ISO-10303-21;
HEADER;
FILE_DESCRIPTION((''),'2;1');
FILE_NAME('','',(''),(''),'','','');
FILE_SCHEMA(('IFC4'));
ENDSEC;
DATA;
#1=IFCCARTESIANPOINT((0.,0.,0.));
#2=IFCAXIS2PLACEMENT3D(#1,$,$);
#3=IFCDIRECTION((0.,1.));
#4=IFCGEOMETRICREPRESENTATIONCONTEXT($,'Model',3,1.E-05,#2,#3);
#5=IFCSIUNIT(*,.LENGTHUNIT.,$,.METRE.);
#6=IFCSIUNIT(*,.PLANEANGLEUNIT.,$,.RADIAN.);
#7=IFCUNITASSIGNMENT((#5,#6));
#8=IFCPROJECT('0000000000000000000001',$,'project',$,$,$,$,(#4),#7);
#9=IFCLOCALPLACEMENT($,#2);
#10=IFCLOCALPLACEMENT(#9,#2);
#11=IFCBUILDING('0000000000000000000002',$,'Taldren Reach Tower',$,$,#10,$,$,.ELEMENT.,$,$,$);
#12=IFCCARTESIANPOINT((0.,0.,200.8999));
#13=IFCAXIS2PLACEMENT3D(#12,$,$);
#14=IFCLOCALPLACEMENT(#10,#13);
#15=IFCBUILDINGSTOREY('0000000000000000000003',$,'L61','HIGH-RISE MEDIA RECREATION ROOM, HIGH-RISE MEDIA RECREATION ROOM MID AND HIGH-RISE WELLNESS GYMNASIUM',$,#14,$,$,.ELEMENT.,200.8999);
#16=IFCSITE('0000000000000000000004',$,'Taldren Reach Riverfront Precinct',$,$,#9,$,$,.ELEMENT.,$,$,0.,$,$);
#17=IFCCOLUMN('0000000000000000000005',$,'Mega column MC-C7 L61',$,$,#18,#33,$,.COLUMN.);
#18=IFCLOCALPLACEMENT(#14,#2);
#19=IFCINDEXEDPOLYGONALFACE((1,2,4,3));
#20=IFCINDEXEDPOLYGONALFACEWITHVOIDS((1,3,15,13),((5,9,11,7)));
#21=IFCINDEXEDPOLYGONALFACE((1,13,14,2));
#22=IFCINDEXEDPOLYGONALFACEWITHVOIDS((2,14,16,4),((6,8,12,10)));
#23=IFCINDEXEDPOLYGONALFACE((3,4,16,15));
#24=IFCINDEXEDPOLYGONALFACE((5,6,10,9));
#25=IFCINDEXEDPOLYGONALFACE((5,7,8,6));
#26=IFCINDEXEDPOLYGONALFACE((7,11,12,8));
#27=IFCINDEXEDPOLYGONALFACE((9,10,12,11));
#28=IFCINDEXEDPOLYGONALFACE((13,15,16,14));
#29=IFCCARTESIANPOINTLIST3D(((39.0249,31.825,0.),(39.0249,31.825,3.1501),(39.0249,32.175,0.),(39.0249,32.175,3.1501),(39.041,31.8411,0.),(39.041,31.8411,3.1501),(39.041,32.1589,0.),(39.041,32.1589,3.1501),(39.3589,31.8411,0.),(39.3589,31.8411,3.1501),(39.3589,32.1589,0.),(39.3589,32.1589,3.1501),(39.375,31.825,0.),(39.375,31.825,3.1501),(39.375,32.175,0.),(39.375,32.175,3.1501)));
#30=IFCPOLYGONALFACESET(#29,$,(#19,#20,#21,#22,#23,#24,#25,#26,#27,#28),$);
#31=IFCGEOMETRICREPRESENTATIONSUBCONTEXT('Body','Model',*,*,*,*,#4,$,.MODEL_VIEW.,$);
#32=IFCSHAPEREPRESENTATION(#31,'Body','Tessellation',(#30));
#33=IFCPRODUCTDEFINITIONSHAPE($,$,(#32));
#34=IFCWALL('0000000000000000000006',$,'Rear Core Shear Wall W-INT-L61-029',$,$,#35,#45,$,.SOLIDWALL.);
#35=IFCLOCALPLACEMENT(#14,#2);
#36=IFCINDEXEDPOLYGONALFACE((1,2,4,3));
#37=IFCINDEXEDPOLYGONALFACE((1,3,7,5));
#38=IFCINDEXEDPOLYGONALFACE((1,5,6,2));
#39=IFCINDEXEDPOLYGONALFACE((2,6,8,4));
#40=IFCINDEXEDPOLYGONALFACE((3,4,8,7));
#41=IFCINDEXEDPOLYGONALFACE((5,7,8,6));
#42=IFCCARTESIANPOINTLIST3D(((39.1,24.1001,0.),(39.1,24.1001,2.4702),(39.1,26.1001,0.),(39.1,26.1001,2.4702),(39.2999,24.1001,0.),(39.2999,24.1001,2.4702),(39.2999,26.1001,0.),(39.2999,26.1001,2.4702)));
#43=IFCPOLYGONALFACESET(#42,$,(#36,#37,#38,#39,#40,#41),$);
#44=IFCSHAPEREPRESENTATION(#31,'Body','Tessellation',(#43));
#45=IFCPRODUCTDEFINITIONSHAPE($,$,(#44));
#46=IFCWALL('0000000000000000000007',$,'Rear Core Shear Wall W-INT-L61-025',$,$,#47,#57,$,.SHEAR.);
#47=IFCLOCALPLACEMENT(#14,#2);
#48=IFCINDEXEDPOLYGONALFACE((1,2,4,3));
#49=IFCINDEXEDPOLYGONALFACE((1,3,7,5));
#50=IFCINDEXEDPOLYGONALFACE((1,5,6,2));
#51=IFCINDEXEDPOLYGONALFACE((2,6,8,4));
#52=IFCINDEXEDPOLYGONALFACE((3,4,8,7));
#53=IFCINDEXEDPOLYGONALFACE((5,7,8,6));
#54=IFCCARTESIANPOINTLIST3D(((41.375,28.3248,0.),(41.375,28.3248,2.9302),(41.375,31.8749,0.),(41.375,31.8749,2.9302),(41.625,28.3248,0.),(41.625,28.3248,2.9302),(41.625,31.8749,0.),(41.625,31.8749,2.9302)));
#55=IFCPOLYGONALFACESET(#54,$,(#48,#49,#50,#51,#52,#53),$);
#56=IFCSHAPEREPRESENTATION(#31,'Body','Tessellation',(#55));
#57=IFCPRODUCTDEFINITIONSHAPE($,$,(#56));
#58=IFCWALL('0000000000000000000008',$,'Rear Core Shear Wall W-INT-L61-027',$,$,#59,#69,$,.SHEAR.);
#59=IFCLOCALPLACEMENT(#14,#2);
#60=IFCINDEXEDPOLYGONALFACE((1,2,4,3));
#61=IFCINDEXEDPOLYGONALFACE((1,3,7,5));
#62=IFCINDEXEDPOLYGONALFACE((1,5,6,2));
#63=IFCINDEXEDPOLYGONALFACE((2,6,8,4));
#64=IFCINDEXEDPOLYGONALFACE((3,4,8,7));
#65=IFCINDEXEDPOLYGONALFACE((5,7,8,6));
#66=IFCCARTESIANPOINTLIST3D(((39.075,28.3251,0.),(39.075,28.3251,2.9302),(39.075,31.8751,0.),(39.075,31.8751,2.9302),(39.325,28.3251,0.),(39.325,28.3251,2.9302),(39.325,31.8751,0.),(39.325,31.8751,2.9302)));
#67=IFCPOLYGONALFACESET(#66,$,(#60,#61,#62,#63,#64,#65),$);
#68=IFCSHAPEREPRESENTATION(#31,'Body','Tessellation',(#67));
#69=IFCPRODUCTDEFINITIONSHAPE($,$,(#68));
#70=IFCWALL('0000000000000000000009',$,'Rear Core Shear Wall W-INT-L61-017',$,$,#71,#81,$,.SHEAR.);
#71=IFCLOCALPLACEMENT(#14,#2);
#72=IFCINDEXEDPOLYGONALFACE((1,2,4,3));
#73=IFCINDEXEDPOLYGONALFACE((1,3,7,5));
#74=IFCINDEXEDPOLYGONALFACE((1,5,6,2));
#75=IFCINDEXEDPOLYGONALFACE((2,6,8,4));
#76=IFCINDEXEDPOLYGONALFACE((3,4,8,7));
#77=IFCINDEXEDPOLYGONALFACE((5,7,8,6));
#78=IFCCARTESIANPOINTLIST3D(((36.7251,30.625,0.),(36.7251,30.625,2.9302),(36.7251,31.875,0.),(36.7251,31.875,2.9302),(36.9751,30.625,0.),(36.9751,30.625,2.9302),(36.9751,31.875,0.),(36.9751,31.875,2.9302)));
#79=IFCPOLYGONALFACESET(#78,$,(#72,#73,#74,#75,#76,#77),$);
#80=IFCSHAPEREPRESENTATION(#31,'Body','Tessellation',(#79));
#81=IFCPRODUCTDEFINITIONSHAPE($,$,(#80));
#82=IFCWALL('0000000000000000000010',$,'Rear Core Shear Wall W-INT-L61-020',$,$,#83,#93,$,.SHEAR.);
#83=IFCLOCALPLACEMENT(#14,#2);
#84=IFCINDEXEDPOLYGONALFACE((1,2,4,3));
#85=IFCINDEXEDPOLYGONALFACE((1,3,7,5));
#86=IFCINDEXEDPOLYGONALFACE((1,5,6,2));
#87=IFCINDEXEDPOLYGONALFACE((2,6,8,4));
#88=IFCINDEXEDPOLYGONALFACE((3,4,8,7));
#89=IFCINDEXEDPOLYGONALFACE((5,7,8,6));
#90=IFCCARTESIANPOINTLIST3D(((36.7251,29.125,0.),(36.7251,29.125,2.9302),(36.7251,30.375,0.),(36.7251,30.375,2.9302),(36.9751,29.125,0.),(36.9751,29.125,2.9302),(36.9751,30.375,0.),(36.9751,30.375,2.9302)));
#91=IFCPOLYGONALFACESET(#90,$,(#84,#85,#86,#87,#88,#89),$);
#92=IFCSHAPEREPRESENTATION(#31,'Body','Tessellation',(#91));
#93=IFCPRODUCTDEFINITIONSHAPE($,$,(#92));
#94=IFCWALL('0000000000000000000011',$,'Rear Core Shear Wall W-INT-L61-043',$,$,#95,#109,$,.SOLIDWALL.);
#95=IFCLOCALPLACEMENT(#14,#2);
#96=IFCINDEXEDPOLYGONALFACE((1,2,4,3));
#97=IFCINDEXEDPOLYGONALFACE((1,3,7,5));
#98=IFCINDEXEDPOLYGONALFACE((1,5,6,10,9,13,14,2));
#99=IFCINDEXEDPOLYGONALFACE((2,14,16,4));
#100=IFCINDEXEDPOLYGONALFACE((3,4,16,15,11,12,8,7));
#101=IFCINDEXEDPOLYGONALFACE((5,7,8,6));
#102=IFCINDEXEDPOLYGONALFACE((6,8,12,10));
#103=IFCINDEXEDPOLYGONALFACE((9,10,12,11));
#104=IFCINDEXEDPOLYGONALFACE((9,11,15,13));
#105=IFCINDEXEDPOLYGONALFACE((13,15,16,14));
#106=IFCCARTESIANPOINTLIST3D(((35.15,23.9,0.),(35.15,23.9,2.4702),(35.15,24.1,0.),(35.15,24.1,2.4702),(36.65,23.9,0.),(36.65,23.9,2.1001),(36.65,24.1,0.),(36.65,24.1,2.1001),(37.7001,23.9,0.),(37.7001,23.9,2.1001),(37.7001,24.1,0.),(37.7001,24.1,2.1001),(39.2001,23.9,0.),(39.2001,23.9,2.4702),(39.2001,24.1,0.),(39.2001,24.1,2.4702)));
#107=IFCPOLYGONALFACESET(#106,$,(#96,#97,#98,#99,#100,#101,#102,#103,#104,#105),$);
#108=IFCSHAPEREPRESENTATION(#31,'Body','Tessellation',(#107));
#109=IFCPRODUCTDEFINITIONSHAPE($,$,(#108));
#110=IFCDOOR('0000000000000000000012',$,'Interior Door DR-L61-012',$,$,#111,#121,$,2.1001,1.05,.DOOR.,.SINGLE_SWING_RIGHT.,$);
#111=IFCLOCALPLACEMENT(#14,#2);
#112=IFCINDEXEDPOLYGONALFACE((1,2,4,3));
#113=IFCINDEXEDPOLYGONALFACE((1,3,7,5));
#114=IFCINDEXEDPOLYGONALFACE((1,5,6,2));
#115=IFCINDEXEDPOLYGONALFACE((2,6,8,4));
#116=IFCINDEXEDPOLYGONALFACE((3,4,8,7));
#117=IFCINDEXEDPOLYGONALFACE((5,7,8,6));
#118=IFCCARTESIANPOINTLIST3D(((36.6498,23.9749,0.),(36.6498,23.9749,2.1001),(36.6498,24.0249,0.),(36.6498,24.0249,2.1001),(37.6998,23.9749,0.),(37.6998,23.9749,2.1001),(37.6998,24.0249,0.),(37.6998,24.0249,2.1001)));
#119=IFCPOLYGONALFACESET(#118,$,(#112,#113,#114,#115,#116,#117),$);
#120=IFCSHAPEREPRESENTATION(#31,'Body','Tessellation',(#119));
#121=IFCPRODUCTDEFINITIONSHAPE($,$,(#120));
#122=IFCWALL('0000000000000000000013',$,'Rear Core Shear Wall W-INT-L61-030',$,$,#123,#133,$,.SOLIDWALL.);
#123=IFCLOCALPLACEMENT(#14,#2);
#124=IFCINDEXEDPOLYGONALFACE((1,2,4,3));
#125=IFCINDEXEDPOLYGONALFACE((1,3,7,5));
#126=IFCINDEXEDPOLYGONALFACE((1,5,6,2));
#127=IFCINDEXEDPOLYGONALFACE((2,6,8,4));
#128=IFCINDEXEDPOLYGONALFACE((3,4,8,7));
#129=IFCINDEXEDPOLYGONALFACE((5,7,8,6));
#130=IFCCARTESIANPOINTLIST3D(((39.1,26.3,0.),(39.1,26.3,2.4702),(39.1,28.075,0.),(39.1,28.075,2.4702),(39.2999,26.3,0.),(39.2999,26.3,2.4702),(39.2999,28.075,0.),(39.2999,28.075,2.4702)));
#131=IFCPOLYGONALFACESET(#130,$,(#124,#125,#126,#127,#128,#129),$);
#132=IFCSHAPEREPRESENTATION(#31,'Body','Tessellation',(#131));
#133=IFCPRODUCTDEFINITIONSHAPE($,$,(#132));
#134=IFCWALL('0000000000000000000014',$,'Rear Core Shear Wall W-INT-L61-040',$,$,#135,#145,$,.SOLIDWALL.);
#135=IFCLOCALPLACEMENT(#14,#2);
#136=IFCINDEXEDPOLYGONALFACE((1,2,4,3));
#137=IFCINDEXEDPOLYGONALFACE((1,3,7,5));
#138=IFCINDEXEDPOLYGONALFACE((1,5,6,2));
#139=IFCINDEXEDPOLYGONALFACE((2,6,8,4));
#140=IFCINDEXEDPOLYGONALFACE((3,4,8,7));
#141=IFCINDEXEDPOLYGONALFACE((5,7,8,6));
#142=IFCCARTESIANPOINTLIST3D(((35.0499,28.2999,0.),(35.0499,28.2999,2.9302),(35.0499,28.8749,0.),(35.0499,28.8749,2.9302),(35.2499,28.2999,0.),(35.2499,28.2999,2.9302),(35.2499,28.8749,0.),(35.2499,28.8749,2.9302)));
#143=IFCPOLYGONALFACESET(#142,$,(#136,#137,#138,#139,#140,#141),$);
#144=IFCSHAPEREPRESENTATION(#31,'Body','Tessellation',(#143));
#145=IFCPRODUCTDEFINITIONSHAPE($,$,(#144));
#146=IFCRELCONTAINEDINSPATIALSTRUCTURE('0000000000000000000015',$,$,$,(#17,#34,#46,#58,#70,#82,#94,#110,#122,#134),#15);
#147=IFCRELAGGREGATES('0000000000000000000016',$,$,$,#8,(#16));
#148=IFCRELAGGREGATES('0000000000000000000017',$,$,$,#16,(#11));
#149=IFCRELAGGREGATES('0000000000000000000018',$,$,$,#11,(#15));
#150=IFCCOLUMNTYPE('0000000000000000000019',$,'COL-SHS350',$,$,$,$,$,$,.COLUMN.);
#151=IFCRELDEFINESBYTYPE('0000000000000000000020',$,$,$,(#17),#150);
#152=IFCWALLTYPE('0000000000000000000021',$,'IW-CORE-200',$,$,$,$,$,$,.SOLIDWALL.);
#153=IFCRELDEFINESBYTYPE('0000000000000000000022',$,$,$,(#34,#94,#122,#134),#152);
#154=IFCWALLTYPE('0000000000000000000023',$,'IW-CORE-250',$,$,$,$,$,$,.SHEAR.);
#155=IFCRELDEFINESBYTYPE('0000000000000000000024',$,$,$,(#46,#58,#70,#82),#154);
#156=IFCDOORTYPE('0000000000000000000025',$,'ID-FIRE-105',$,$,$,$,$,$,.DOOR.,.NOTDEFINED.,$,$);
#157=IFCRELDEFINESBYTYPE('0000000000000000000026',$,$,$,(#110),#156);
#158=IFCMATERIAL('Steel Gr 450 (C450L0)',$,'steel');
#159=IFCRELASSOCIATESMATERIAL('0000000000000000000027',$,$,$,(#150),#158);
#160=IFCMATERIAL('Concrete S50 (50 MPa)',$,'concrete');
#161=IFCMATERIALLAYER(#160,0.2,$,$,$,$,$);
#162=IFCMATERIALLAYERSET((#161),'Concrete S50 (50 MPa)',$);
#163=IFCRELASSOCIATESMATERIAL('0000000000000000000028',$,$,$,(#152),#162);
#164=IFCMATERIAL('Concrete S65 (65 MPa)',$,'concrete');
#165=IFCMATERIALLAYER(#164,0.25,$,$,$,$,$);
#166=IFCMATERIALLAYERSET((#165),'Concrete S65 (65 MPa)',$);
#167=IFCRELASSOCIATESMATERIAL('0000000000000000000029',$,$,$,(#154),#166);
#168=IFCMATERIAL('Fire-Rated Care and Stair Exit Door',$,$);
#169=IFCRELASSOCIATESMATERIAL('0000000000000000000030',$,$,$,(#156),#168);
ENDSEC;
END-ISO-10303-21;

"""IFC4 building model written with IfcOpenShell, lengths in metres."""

from ifc_helpers import new_model, si_unit, direction, frame, frame_2d, origin, origin_2d, place, context, subcontext, project, spatial, rectangle, hollow_rectangle, extrude, source, transform, mapped, material, layer, layer_set, material_profile, profile_set, type_object, element, fill, save


model = new_model("IFC4")

# Units and contexts
model_context = context("Model", 3, precision=1e-05, world=origin(), true_north=direction((0.0, 1.0)))
body_context = subcontext(model_context, "Body", "Model", "MODEL_VIEW")
ifc_project = project(units=[si_unit("LENGTHUNIT", "METRE"), si_unit("PLANEANGLEUNIT", "RADIAN")], contexts=[model_context])

# Site, building, storey
site_placement = place(None, origin())
site = spatial("IfcSite", under=ifc_project, at=site_placement, Name="Taldren Reach Riverfront Precinct", CompositionType="ELEMENT", RefElevation=0.0)
building_placement = place(site_placement, origin())
building = spatial("IfcBuilding", under=site, at=building_placement, Name="Taldren Reach Tower", CompositionType="ELEMENT")
storey_placement = place(building_placement, frame((0.0, 0.0, 200.8999)))
storey = spatial("IfcBuildingStorey", under=building, at=storey_placement, Name="L61", Description="HIGH-RISE MEDIA RECREATION ROOM, HIGH-RISE MEDIA RECREATION ROOM MID AND HIGH-RISE WELLNESS GYMNASIUM", CompositionType="ELEMENT", Elevation=200.8999)

# Column
ifc_material_1 = material(Name="Steel Gr 450 (C450L0)", Category="steel")
ifc_material_profile = material_profile(ifc_material_1, hollow_rectangle(XDim=0.3501, YDim=0.3501, WallThickness=0.0161, at=origin_2d()), Name="350x350x16.0SHS")
ifc_profile_set = profile_set([ifc_material_profile], Name="Steel Gr 450 (C450L0)")
column_type = type_object("IfcColumnType", Name="COL-SHS350", PredefinedType="COLUMN", material=ifc_profile_set)
shared_shape_1 = source(origin(), body_context, "Body", "SweptSolid", [
    extrude(hollow_rectangle(XDim=0.3501, YDim=0.3501, WallThickness=0.0161, at=origin_2d()), origin(), (0.0, 0.0, 1.0), 3.1501),
])
column_placement = place(storey_placement, frame((39.2, 32.0, 0.0), z_axis=(0.0, 0.0, 1.0), x_axis=(1.0, 0.0, 0.0)))
element("IfcColumn", 1, at=column_placement, inside=storey, type_object=column_type, Name="Mega column MC-C7 L61", PredefinedType="COLUMN", context=body_context, shape_type="MappedRepresentation", body=[
    mapped(shared_shape_1, transform((0.0, 0.0, 0.0), scale=1.0)),
])

# Walls
ifc_material_2 = material(Name="Concrete S50 (50 MPa)", Category="concrete")
ifc_layer_1 = layer(ifc_material_2, 0.2)
ifc_layer_set_1 = layer_set([ifc_layer_1], Name="Concrete S50 (50 MPa)")
wall_type_1 = type_object("IfcWallType", Name="IW-CORE-200", PredefinedType="SOLIDWALL", material=ifc_layer_set_1)
shared_shape_2 = source(origin(), body_context, "Body", "SweptSolid", [
    extrude(rectangle(XDim=2.0, YDim=0.2, at=frame_2d((1.0, 0.0))), origin(), (0.0, 0.0, 1.0), 2.4702),
])
wall_1_placement = place(storey_placement, frame((39.2, 24.1001, 0.0), z_axis=(0.0, 0.0, 1.0), x_axis=(0.0, 1.0, 0.0)))
element("IfcWall", 2, at=wall_1_placement, inside=storey, type_object=wall_type_1, Name="Rear Core Shear Wall W-INT-L61-029", PredefinedType="SOLIDWALL", context=body_context, shape_type="MappedRepresentation", body=[
    mapped(shared_shape_2, transform((0.0, 0.0, 0.0), scale=1.0)),
])
ifc_material_3 = material(Name="Concrete S65 (65 MPa)", Category="concrete")
ifc_layer_2 = layer(ifc_material_3, 0.25)
ifc_layer_set_2 = layer_set([ifc_layer_2], Name="Concrete S65 (65 MPa)")
wall_type_2 = type_object("IfcWallType", Name="IW-CORE-250", PredefinedType="SHEAR", material=ifc_layer_set_2)
shared_shape_3 = source(origin(), body_context, "Body", "SweptSolid", [
    extrude(rectangle(XDim=3.55, YDim=0.25, at=frame_2d((1.7749, 0.0))), origin(), (0.0, 0.0, 1.0), 2.9302),
])
for number, where, z_axis, x_axis, name in (
    (3, (41.5, 28.325, 0.0), (0.0, 0.0, 1.0), (0.0, 1.0, 0.0), "Rear Core Shear Wall W-INT-L61-025"),
    (4, (39.2, 31.875, 0.0), (0.0, 0.0, 1.0), (0.0, -1.0, 0.0), "Rear Core Shear Wall W-INT-L61-027"),
):
    element("IfcWall", number, at=place(storey_placement, frame(where, z_axis=z_axis, x_axis=x_axis)), inside=storey, type_object=wall_type_2, Name=name, PredefinedType="SHEAR", context=body_context, shape_type="MappedRepresentation", body=[
        mapped(shared_shape_3, transform((0.0, 0.0, 0.0), scale=1.0)),
    ])
shared_shape_4 = source(origin(), body_context, "Body", "SweptSolid", [
    extrude(rectangle(XDim=1.25, YDim=0.25, at=frame_2d((0.625, 0.0))), origin(), (0.0, 0.0, 1.0), 2.9302),
])
for number, where, z_axis, x_axis, name in (
    (5, (36.8501, 30.625, 0.0), (0.0, 0.0, 1.0), (0.0, 1.0, 0.0), "Rear Core Shear Wall W-INT-L61-017"),
    (6, (36.8501, 29.125, 0.0), (0.0, 0.0, 1.0), (0.0, 1.0, 0.0), "Rear Core Shear Wall W-INT-L61-020"),
):
    element("IfcWall", number, at=place(storey_placement, frame(where, z_axis=z_axis, x_axis=x_axis)), inside=storey, type_object=wall_type_2, Name=name, PredefinedType="SHEAR", context=body_context, shape_type="MappedRepresentation", body=[
        mapped(shared_shape_4, transform((0.0, 0.0, 0.0), scale=1.0)),
    ])

# Wall, opening, door
shared_shape_5 = source(origin(), body_context, "Body", "SweptSolid", [
    extrude(rectangle(XDim=4.05, YDim=0.2, at=frame_2d((2.0249, 0.0))), origin(), (0.0, 0.0, 1.0), 2.4702),
])
wall_2_placement = place(storey_placement, frame((39.2, 24.0, 0.0), z_axis=(0.0, 0.0, 1.0), x_axis=(-1.0, 0.0, 0.0)))
wall_2 = element("IfcWall", 7, at=wall_2_placement, inside=storey, type_object=wall_type_1, Name="Rear Core Shear Wall W-INT-L61-043", PredefinedType="SOLIDWALL", context=body_context, shape_type="MappedRepresentation", body=[
    mapped(shared_shape_5, transform((0.0, 0.0, 0.0), scale=1.0)),
])
shared_shape_6 = source(origin(), body_context, "Body", "SweptSolid", [
    extrude(rectangle(XDim=1.05, YDim=2.1001, at=frame_2d((0.5249, 1.05))), frame((0.0, 0.1099, 0.0), z_axis=(0.0, -1.0, 0.0), x_axis=(1.0, 0.0, 0.0)), (0.0, 0.0, 1.0), 0.22),
])
opening_1_placement = place(wall_2_placement, frame((1.5, 0.0, 0.0)))
opening_1 = element("IfcOpeningElement", 8, at=opening_1_placement, cuts=wall_2, PredefinedType="OPENING", context=body_context, shape_type="MappedRepresentation", body=[
    mapped(shared_shape_6, transform((0.0, 0.0, 0.0), scale=1.0)),
])
ifc_material_4 = material(Name="Fire-Rated Care and Stair Exit Door")
door_type_1 = type_object("IfcDoorType", Name="ID-FIRE-105", OperationType="NOTDEFINED", PredefinedType="DOOR", material=ifc_material_4)
shared_shape_7 = source(origin(), body_context, "Body", "SweptSolid", [
    extrude(rectangle(XDim=1.05, YDim=2.1001, at=frame_2d((0.5249, 1.05))), frame((0.0, 0.0249, 0.0), z_axis=(0.0, -1.0, 0.0), x_axis=(1.0, 0.0, 0.0)), (0.0, 0.0, 1.0), 0.05),
])
door_1_placement = place(opening_1_placement, frame((1.05, 0.0, 0.0), z_axis=(0.0, 0.0, 1.0), x_axis=(-1.0, 0.0, 0.0)))
door_1 = element("IfcDoor", 9, at=door_1_placement, inside=storey, type_object=door_type_1, Name="Interior Door DR-L61-012", OperationType="SINGLE_SWING_RIGHT", OverallHeight=2.1001, OverallWidth=1.05, PredefinedType="DOOR", context=body_context, shape_type="MappedRepresentation", body=[
    mapped(shared_shape_7, transform((0.0, 0.0, 0.0), scale=1.0)),
])
fill(opening_1, door_1)

# Walls
shared_shape_8 = source(origin(), body_context, "Body", "SweptSolid", [
    extrude(rectangle(XDim=1.7749, YDim=0.2, at=frame_2d((0.8875, 0.0))), origin(), (0.0, 0.0, 1.0), 2.4702),
])
wall_3_placement = place(storey_placement, frame((39.2, 26.3, 0.0), z_axis=(0.0, 0.0, 1.0), x_axis=(0.0, 1.0, 0.0)))
element("IfcWall", 10, at=wall_3_placement, inside=storey, type_object=wall_type_1, Name="Rear Core Shear Wall W-INT-L61-030", PredefinedType="SOLIDWALL", context=body_context, shape_type="MappedRepresentation", body=[
    mapped(shared_shape_8, transform((0.0, 0.0, 0.0), scale=1.0)),
])
shared_shape_9 = source(origin(), body_context, "Body", "SweptSolid", [
    extrude(rectangle(XDim=0.575, YDim=0.2, at=frame_2d((0.2876, 0.0))), origin(), (0.0, 0.0, 1.0), 2.9302),
])
wall_4_placement = place(storey_placement, frame((35.1499, 28.875, 0.0), z_axis=(0.0, 0.0, 1.0), x_axis=(0.0, -1.0, 0.0)))
element("IfcWall", 11, at=wall_4_placement, inside=storey, type_object=wall_type_1, Name="Rear Core Shear Wall W-INT-L61-040", PredefinedType="SOLIDWALL", context=body_context, shape_type="MappedRepresentation", body=[
    mapped(shared_shape_9, transform((0.0, 0.0, 0.0), scale=1.0)),
])

save(model, "model.ifc")
